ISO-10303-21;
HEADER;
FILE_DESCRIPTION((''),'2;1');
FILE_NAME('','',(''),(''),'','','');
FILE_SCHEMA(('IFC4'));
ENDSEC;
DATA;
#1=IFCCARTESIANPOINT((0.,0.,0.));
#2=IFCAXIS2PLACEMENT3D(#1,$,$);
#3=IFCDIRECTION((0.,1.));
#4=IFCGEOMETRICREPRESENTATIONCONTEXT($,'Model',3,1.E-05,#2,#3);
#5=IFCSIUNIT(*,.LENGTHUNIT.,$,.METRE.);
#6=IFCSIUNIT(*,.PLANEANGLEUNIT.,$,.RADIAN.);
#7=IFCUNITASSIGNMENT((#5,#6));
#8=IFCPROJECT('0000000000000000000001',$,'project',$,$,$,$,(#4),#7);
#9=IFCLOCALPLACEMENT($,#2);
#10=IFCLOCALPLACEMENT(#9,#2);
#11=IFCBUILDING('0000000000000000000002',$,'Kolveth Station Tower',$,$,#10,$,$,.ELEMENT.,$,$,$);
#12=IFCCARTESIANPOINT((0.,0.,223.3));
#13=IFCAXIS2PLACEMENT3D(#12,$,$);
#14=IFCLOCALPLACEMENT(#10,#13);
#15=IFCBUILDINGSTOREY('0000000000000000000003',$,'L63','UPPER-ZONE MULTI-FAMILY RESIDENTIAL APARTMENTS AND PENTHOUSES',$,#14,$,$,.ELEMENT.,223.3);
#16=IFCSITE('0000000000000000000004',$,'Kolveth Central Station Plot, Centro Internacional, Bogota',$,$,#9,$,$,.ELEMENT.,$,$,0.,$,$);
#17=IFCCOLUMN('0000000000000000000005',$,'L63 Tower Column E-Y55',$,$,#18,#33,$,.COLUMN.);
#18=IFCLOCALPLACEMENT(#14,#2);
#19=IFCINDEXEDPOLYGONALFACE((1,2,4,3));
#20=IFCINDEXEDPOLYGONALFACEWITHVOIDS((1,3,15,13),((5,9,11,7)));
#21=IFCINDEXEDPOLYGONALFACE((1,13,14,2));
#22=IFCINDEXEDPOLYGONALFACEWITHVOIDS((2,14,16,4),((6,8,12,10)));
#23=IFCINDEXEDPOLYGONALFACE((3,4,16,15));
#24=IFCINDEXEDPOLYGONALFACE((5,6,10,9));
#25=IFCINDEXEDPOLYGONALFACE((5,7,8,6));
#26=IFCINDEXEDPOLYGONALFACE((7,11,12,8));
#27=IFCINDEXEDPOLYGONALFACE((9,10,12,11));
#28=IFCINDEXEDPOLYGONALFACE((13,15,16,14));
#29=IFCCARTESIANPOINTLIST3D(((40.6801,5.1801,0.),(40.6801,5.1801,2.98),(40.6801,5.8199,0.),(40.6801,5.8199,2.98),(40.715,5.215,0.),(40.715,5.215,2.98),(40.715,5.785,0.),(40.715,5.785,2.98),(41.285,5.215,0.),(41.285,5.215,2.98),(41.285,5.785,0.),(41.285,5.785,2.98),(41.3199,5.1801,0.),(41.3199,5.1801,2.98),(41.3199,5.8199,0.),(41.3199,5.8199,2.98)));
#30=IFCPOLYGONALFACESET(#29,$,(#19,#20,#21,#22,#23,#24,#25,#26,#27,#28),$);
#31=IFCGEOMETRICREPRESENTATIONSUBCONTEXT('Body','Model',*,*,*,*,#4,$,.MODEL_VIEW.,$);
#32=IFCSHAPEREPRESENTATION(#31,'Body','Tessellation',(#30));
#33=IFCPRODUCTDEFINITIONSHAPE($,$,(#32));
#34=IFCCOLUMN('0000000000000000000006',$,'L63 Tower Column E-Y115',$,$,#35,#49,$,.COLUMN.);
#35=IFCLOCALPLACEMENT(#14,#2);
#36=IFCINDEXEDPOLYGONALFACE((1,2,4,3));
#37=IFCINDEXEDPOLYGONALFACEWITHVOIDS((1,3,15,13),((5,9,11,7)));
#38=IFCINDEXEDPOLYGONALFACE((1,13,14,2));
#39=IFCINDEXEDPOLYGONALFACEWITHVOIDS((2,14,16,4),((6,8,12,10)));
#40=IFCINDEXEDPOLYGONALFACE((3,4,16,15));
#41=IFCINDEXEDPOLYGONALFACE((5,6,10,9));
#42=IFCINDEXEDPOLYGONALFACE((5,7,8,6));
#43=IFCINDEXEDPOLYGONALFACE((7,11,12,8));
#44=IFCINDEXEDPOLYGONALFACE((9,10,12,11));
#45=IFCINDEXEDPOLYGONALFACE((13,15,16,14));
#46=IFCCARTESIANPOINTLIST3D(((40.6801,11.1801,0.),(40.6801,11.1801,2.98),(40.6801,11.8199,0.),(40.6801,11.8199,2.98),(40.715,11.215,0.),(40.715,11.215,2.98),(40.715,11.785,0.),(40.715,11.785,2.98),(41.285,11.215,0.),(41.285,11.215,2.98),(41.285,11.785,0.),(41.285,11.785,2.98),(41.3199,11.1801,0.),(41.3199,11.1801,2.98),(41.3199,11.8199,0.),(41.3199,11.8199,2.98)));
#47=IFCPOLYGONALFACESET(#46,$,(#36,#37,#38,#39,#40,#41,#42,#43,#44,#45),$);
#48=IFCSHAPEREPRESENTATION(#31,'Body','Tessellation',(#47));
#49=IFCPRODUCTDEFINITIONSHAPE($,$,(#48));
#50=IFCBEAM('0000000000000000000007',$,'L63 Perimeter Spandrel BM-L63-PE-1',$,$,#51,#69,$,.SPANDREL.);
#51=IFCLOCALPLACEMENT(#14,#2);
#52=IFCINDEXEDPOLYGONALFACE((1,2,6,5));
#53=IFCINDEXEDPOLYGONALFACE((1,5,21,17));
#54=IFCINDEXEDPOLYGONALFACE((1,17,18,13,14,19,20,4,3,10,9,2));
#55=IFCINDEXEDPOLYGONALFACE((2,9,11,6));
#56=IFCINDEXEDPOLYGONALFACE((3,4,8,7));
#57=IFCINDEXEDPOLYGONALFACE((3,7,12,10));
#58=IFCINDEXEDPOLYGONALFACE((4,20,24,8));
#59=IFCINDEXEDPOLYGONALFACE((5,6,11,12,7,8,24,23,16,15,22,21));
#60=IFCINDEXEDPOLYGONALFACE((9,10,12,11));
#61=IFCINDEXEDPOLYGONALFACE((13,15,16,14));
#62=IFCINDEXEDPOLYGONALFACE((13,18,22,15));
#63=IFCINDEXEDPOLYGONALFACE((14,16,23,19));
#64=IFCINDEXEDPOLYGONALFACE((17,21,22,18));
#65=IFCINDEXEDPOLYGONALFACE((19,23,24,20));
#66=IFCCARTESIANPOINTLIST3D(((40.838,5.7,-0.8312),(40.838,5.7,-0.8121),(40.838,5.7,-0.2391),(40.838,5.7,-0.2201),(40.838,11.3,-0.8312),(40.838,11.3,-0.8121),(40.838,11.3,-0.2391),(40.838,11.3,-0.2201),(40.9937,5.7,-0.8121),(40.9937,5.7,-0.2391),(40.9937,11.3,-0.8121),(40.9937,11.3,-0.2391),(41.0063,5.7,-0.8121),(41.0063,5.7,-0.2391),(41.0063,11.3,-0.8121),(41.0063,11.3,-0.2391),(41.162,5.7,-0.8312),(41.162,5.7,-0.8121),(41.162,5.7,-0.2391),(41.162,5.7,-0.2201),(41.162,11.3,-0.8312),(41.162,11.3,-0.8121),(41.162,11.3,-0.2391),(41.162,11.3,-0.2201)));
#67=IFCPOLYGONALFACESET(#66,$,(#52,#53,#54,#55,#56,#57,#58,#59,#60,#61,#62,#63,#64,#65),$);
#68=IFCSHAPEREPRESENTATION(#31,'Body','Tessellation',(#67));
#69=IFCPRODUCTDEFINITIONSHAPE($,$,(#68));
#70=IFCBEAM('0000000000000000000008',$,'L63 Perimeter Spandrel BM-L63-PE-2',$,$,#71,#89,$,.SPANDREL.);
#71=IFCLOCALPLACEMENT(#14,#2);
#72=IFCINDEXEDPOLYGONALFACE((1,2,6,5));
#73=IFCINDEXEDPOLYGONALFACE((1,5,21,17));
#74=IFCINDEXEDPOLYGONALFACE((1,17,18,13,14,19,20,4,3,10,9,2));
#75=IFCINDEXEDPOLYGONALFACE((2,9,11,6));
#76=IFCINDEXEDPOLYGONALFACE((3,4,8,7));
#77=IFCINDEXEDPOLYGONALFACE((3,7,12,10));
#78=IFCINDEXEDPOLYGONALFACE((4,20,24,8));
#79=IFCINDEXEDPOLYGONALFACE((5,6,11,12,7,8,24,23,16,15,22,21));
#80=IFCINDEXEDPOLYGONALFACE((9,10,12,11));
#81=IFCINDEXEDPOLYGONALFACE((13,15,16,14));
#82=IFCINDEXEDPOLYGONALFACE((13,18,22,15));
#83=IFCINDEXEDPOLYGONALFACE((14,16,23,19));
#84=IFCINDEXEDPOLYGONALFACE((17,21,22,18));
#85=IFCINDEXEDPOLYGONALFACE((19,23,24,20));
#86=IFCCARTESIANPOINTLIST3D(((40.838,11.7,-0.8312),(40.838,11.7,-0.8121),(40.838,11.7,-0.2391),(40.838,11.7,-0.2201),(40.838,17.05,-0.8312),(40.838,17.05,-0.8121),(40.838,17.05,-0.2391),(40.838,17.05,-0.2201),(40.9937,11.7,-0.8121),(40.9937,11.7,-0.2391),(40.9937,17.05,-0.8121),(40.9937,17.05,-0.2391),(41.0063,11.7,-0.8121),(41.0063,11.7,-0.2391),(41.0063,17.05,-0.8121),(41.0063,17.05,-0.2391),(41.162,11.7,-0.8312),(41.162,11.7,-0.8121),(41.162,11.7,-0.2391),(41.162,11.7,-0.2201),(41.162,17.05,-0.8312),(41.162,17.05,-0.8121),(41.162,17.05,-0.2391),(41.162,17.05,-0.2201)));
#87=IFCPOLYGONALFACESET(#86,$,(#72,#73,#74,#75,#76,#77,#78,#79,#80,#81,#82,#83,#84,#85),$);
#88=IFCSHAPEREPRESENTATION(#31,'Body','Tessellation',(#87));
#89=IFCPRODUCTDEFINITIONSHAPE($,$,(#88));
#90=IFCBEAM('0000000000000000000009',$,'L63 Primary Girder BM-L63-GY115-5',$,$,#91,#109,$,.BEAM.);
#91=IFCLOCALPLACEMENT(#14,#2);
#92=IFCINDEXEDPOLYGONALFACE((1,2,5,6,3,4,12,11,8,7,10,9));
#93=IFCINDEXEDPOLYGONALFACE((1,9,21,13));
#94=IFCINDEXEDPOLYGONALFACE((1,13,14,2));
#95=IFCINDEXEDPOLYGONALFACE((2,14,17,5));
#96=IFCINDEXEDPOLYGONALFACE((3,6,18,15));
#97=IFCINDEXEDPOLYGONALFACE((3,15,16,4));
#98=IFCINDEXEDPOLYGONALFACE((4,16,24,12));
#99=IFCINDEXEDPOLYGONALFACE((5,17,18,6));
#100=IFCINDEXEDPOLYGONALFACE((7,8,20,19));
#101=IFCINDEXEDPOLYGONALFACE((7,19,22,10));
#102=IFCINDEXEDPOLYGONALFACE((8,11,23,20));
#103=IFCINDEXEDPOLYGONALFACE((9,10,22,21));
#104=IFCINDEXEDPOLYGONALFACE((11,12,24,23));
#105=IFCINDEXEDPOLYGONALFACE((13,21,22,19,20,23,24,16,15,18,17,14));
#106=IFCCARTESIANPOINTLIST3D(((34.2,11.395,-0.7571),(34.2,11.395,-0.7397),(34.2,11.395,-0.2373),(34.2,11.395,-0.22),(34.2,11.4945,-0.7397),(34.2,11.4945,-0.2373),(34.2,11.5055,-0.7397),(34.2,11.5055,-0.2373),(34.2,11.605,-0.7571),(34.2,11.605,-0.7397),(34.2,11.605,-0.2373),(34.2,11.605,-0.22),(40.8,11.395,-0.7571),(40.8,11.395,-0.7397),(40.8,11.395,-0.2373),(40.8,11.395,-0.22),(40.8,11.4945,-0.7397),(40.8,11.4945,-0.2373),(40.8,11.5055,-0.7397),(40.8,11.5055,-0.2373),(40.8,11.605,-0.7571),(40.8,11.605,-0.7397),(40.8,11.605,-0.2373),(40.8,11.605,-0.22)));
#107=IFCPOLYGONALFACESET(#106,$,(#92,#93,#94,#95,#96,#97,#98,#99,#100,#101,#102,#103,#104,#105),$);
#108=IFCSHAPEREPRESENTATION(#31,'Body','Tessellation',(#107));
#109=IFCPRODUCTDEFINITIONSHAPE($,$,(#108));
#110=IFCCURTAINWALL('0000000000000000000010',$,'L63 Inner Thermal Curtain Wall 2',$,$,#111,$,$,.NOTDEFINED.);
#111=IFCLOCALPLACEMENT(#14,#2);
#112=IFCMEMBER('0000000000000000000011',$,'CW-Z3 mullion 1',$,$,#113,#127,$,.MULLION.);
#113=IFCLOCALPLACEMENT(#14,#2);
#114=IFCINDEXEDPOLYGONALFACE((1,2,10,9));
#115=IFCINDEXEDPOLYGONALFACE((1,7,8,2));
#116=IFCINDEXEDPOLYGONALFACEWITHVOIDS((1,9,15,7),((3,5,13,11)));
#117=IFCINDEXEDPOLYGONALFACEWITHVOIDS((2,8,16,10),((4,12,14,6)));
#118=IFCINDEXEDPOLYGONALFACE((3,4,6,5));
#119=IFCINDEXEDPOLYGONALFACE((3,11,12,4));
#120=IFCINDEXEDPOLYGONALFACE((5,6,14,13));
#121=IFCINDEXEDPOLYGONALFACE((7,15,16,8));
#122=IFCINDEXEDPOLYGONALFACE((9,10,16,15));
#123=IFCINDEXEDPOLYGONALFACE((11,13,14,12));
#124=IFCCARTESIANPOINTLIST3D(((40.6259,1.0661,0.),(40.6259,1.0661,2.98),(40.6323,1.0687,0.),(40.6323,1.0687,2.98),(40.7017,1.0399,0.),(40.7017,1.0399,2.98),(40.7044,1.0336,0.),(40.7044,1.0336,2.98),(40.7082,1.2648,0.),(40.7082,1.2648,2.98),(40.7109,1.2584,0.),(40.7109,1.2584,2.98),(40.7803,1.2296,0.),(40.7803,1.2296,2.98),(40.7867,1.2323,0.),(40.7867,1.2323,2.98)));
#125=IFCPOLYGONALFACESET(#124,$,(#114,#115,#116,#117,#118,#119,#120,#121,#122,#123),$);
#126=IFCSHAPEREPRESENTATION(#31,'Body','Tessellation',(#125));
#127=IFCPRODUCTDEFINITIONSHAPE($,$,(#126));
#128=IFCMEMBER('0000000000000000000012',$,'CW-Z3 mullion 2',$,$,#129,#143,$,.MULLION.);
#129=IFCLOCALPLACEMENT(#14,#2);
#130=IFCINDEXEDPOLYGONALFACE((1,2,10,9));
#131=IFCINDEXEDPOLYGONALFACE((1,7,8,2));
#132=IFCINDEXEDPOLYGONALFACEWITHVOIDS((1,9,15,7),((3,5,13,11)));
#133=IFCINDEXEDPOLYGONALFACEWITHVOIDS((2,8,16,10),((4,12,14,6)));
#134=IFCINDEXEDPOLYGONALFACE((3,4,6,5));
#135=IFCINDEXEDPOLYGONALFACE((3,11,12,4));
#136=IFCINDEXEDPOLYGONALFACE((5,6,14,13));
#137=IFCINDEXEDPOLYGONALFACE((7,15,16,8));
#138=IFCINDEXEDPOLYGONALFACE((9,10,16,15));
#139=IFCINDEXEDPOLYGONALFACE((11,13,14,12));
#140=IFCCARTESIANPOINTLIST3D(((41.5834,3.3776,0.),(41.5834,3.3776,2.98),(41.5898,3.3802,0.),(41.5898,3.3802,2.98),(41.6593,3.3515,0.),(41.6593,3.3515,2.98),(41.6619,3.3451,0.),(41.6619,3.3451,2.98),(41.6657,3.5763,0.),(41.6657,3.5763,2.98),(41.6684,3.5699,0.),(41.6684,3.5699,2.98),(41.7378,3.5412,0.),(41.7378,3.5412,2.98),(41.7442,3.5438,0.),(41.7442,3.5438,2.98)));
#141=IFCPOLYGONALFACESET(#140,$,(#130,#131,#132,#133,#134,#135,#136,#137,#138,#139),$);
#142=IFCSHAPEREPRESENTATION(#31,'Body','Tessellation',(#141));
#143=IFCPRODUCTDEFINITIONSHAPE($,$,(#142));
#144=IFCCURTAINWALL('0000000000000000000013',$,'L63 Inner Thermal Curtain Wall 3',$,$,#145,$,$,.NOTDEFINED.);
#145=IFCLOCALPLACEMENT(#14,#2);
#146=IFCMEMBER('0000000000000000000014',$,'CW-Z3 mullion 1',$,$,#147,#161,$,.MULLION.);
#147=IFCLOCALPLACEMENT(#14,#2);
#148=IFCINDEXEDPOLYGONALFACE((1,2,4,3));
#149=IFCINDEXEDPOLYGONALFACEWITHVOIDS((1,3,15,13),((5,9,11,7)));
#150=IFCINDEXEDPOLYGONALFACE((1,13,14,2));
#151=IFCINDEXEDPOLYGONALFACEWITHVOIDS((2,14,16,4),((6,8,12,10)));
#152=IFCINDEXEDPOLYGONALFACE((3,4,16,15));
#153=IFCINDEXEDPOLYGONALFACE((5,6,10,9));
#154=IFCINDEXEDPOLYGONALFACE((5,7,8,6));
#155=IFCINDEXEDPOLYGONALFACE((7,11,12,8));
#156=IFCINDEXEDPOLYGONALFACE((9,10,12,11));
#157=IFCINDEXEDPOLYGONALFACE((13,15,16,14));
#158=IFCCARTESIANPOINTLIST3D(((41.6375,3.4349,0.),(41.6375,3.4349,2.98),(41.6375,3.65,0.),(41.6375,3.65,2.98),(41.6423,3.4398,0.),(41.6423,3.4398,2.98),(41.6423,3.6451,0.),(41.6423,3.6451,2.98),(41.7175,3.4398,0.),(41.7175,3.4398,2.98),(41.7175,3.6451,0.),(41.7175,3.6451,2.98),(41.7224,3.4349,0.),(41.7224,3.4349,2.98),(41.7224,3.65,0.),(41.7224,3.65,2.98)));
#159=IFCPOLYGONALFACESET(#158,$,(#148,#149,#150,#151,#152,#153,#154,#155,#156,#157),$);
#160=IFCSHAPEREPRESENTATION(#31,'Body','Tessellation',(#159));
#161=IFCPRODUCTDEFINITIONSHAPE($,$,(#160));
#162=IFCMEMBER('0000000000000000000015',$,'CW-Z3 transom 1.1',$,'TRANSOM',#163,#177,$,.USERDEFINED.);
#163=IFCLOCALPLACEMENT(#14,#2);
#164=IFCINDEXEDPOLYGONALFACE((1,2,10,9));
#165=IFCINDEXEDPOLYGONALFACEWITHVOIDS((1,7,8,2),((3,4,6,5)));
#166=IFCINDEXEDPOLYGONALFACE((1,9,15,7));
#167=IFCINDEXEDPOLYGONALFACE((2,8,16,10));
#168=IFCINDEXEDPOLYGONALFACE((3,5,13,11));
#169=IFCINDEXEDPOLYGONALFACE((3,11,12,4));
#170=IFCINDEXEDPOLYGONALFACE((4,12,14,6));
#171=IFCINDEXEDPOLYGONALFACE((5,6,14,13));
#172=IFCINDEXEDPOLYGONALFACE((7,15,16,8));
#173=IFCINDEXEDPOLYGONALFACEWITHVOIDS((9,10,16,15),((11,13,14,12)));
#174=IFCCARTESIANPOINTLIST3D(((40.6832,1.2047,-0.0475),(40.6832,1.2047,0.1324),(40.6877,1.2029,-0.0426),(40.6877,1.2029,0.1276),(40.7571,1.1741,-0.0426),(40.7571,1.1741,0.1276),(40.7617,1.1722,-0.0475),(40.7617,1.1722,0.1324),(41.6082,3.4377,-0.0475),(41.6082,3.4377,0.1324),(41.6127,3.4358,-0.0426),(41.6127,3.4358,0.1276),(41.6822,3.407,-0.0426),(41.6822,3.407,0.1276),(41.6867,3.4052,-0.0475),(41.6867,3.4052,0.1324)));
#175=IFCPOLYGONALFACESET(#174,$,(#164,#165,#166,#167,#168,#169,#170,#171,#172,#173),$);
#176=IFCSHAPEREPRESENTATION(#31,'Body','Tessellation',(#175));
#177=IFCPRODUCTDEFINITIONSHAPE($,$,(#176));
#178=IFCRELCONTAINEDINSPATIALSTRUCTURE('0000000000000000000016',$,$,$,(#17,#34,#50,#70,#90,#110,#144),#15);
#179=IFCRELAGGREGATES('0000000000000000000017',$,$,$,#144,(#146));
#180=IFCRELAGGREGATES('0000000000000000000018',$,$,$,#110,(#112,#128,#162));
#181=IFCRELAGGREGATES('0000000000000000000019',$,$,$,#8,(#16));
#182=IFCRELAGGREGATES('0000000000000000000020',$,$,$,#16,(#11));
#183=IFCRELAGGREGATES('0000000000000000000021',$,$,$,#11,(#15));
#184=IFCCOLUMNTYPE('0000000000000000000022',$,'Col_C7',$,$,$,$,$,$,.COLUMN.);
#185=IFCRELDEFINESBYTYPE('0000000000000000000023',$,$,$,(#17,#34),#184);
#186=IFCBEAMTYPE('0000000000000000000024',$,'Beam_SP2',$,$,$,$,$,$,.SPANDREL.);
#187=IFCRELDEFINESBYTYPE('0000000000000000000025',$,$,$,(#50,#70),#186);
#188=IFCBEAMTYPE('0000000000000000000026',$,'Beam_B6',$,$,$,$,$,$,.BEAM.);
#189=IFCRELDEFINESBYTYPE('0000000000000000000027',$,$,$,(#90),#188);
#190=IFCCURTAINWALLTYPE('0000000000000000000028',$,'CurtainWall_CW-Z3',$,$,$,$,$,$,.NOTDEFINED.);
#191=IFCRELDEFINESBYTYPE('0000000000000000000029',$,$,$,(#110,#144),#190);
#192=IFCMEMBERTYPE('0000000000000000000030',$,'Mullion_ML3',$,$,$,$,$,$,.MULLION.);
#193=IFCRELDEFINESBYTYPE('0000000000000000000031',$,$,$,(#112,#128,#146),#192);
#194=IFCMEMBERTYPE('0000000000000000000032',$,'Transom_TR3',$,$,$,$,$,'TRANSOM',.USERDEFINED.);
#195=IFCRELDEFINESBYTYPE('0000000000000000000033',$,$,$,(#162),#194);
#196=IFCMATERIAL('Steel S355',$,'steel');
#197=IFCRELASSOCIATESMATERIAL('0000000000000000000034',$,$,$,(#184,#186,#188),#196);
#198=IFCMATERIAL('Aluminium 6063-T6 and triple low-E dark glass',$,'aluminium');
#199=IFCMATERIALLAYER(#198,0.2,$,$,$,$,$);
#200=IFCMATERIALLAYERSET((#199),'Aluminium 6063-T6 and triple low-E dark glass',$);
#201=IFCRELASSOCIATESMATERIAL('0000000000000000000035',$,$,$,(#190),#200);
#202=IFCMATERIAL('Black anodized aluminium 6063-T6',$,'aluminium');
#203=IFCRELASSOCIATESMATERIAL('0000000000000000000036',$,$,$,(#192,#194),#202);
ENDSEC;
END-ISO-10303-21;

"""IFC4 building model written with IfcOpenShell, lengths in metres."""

from ifc_helpers import new_model, si_unit, direction, frame, origin, origin_2d, place, context, subcontext, project, spatial, hollow_rectangle, i_section, extrude, source, transform, mapped, material, layer, layer_set, material_profile, profile_set, type_object, element, aggregate, save


model = new_model("IFC4")

# Units and contexts
model_context = context("Model", 3, precision=1e-05, world=origin(), true_north=direction((0.0, 1.0)))
body_context = subcontext(model_context, "Body", "Model", "MODEL_VIEW")
ifc_project = project(units=[si_unit("LENGTHUNIT", "METRE"), si_unit("PLANEANGLEUNIT", "RADIAN")], contexts=[model_context])

# Site, building, storey
site_placement = place(None, origin())
site = spatial("IfcSite", under=ifc_project, at=site_placement, Name="Kolveth Central Station Plot, Centro Internacional, Bogota", CompositionType="ELEMENT", RefElevation=0.0)
building_placement = place(site_placement, origin())
building = spatial("IfcBuilding", under=site, at=building_placement, Name="Kolveth Station Tower", CompositionType="ELEMENT")
storey_placement = place(building_placement, frame((0.0, 0.0, 223.3)))
storey = spatial("IfcBuildingStorey", under=building, at=storey_placement, Name="L63", Description="UPPER-ZONE MULTI-FAMILY RESIDENTIAL APARTMENTS AND PENTHOUSES", CompositionType="ELEMENT", Elevation=223.3)

# Columns
ifc_material_1 = material(Name="Steel S355", Category="steel")
ifc_material_profile_1 = material_profile(ifc_material_1, hollow_rectangle(XDim=0.6399, YDim=0.6399, WallThickness=0.0349, at=origin_2d()), Name="BOX640x640x35")
ifc_profile_set_1 = profile_set([ifc_material_profile_1], Name="Steel S355")
column_type = type_object("IfcColumnType", Name="Col_C7", PredefinedType="COLUMN", material=ifc_profile_set_1)
shared_shape_1 = source(origin(), body_context, "Body", "SweptSolid", [
    extrude(hollow_rectangle(XDim=0.6399, YDim=0.6399, WallThickness=0.0349, at=origin_2d()), origin(), (0.0, 0.0, 1.0), 2.98),
])
for number, where, z_axis, x_axis, name in (
    (1, (41.0, 5.5, 0.0), (0.0, 0.0, 1.0), (1.0, 0.0, 0.0), "L63 Tower Column E-Y55"),
    (2, (41.0, 11.5, 0.0), (0.0, 0.0, 1.0), (1.0, 0.0, 0.0), "L63 Tower Column E-Y115"),
):
    element("IfcColumn", number, at=place(storey_placement, frame(where, z_axis=z_axis, x_axis=x_axis)), inside=storey, type_object=column_type, Name=name, PredefinedType="COLUMN", context=body_context, shape_type="MappedRepresentation", body=[
        mapped(shared_shape_1, transform((0.0, 0.0, 0.0), x_axis=(1.0, 0.0, 0.0), y_axis=(0.0, 1.0, 0.0), z_axis=(0.0, 0.0, 1.0), scale=1.0)),
    ])

# Beams
ifc_material_profile_2 = material_profile(ifc_material_1, i_section(OverallWidth=0.324, OverallDepth=0.6111, WebThickness=0.0127, FlangeThickness=0.019, at=origin_2d()), Name="W610x155")
ifc_profile_set_2 = profile_set([ifc_material_profile_2], Name="Steel S355")
beam_type_1 = type_object("IfcBeamType", Name="Beam_SP2", PredefinedType="SPANDREL", material=ifc_profile_set_2)
shared_shape_2 = source(origin(), body_context, "Body", "SweptSolid", [
    extrude(i_section(OverallWidth=0.324, OverallDepth=0.6111, WebThickness=0.0127, FlangeThickness=0.019, at=origin_2d()), origin(), (0.0, 0.0, 1.0), 5.6001),
])
beam_1_placement = place(storey_placement, frame((41.0, 5.7, -0.5256), z_axis=(0.0, 1.0, 0.0), x_axis=(-1.0, 0.0, 0.0)))
element("IfcBeam", 3, at=beam_1_placement, inside=storey, type_object=beam_type_1, Name="L63 Perimeter Spandrel BM-L63-PE-1", PredefinedType="SPANDREL", context=body_context, shape_type="MappedRepresentation", body=[
    mapped(shared_shape_2, transform((0.0, 0.0, 0.0), x_axis=(1.0, 0.0, 0.0), y_axis=(0.0, 1.0, 0.0), z_axis=(0.0, 0.0, 1.0), scale=1.0)),
])
shared_shape_3 = source(origin(), body_context, "Body", "SweptSolid", [
    extrude(i_section(OverallWidth=0.324, OverallDepth=0.6111, WebThickness=0.0127, FlangeThickness=0.019, at=origin_2d()), origin(), (0.0, 0.0, 1.0), 5.3501),
])
beam_2_placement = place(storey_placement, frame((41.0, 11.7, -0.5256), z_axis=(0.0, 1.0, 0.0), x_axis=(-1.0, 0.0, 0.0)))
element("IfcBeam", 4, at=beam_2_placement, inside=storey, type_object=beam_type_1, Name="L63 Perimeter Spandrel BM-L63-PE-2", PredefinedType="SPANDREL", context=body_context, shape_type="MappedRepresentation", body=[
    mapped(shared_shape_3, transform((0.0, 0.0, 0.0), x_axis=(1.0, 0.0, 0.0), y_axis=(0.0, 1.0, 0.0), z_axis=(0.0, 0.0, 1.0), scale=1.0)),
])
ifc_material_profile_3 = material_profile(ifc_material_1, i_section(OverallWidth=0.21, OverallDepth=0.5371, WebThickness=0.011, FlangeThickness=0.0173, at=origin_2d()), Name="W530x101")
ifc_profile_set_3 = profile_set([ifc_material_profile_3], Name="Steel S355")
beam_type_2 = type_object("IfcBeamType", Name="Beam_B6", PredefinedType="BEAM", material=ifc_profile_set_3)
shared_shape_4 = source(origin(), body_context, "Body", "SweptSolid", [
    extrude(i_section(OverallWidth=0.21, OverallDepth=0.5371, WebThickness=0.011, FlangeThickness=0.0173, at=origin_2d()), origin(), (0.0, 0.0, 1.0), 6.6001),
])
beam_3_placement = place(storey_placement, frame((34.2, 11.5, -0.4885), z_axis=(1.0, 0.0, 0.0), x_axis=(0.0, 1.0, 0.0)))
element("IfcBeam", 5, at=beam_3_placement, inside=storey, type_object=beam_type_2, Name="L63 Primary Girder BM-L63-GY115-5", PredefinedType="BEAM", context=body_context, shape_type="MappedRepresentation", body=[
    mapped(shared_shape_4, transform((0.0, 0.0, 0.0), x_axis=(1.0, 0.0, 0.0), y_axis=(0.0, 1.0, 0.0), z_axis=(0.0, 0.0, 1.0), scale=1.0)),
])

# Curtain wall, members
ifc_material_2 = material(Name="Aluminium 6063-T6 and triple low-E dark glass", Category="aluminium")
ifc_layer_1 = layer(ifc_material_2, 0.2)
ifc_layer_set_1 = layer_set([ifc_layer_1], Name="Aluminium 6063-T6 and triple low-E dark glass")
curtain_wall_type_1 = type_object("IfcCurtainWallType", Name="CurtainWall_CW-Z3", PredefinedType="NOTDEFINED", material=ifc_layer_set_1)
curtain_wall_1_placement = place(storey_placement, origin())
curtain_wall_1 = element("IfcCurtainWall", 6, at=curtain_wall_1_placement, inside=storey, type_object=curtain_wall_type_1, Name="L63 Inner Thermal Curtain Wall 2", PredefinedType="NOTDEFINED")
ifc_material_3 = material(Name="Black anodized aluminium 6063-T6", Category="aluminium")
ifc_material_profile_4 = material_profile(ifc_material_3, hollow_rectangle(XDim=0.085, YDim=0.2151, WallThickness=0.0049, at=origin_2d()), Name="ALU-85x215x5")
ifc_profile_set_4 = profile_set([ifc_material_profile_4], Name="Black anodized aluminium 6063-T6")
member_type_1 = type_object("IfcMemberType", Name="Mullion_ML3", PredefinedType="MULLION", material=ifc_profile_set_4)
shared_shape_5 = source(origin(), body_context, "Body", "SweptSolid", [
    extrude(hollow_rectangle(XDim=0.085, YDim=0.2151, WallThickness=0.0049, at=origin_2d()), origin(), (0.0, 0.0, 1.0), 2.98),
])
member_1_placement = place(storey_placement, frame((40.7063, 1.1492, 0.0), z_axis=(0.0, 0.0, 1.0), x_axis=(-0.923875, 0.382693, 0.0)))
member_1 = element("IfcMember", 7, at=member_1_placement, type_object=member_type_1, Name="CW-Z3 mullion 1", PredefinedType="MULLION", context=body_context, shape_type="MappedRepresentation", body=[
    mapped(shared_shape_5, transform((0.0, 0.0, 0.0), x_axis=(1.0, 0.0, 0.0), y_axis=(0.0, 1.0, 0.0), z_axis=(0.0, 0.0, 1.0), scale=1.0)),
])
member_2_placement = place(storey_placement, frame((41.6638, 3.4607, 0.0), z_axis=(0.0, 0.0, 1.0), x_axis=(-0.923875, 0.382693, 0.0)))
member_2 = element("IfcMember", 8, at=member_2_placement, type_object=member_type_1, Name="CW-Z3 mullion 2", PredefinedType="MULLION", context=body_context, shape_type="MappedRepresentation", body=[
    mapped(shared_shape_5, transform((0.0, 0.0, 0.0), x_axis=(1.0, 0.0, 0.0), y_axis=(0.0, 1.0, 0.0), z_axis=(0.0, 0.0, 1.0), scale=1.0)),
])

# Curtain wall, member
curtain_wall_2_placement = place(storey_placement, origin())
curtain_wall_2 = element("IfcCurtainWall", 9, at=curtain_wall_2_placement, inside=storey, type_object=curtain_wall_type_1, Name="L63 Inner Thermal Curtain Wall 3", PredefinedType="NOTDEFINED")
member_3_placement = place(storey_placement, frame((41.6799, 3.5425, 0.0), z_axis=(0.0, 0.0, 1.0), x_axis=(-1.0, 0.0, 0.0)))
member_3 = element("IfcMember", 10, at=member_3_placement, type_object=member_type_1, Name="CW-Z3 mullion 1", PredefinedType="MULLION", context=body_context, shape_type="MappedRepresentation", body=[
    mapped(shared_shape_5, transform((0.0, 0.0, 0.0), x_axis=(1.0, 0.0, 0.0), y_axis=(0.0, 1.0, 0.0), z_axis=(0.0, 0.0, 1.0), scale=1.0)),
])

# Member
ifc_material_profile_5 = material_profile(ifc_material_3, hollow_rectangle(XDim=0.085, YDim=0.1799, WallThickness=0.0049, at=origin_2d()), Name="ALU-85x180x5")
ifc_profile_set_5 = profile_set([ifc_material_profile_5], Name="Black anodized aluminium 6063-T6")
member_type_2 = type_object("IfcMemberType", Name="Transom_TR3", ElementType="TRANSOM", PredefinedType="USERDEFINED", material=ifc_profile_set_5)
shared_shape_6 = source(origin(), body_context, "Body", "SweptSolid", [
    extrude(hollow_rectangle(XDim=0.085, YDim=0.1799, WallThickness=0.0049, at=origin_2d()), origin(), (0.0, 0.0, 1.0), 2.417),
])
member_4_placement = place(storey_placement, frame((40.7224, 1.1885, 0.0425), z_axis=(0.382735, 0.923858, 0.0), x_axis=(-0.923858, 0.382735, 0.0)))
member_4 = element("IfcMember", 11, at=member_4_placement, type_object=member_type_2, Name="CW-Z3 transom 1.1", ObjectType="TRANSOM", PredefinedType="USERDEFINED", context=body_context, shape_type="MappedRepresentation", body=[
    mapped(shared_shape_6, transform((0.0, 0.0, 0.0), x_axis=(1.0, 0.0, 0.0), y_axis=(0.0, 1.0, 0.0), z_axis=(0.0, 0.0, 1.0), scale=1.0)),
])
aggregate(curtain_wall_2, [member_3])

aggregate(curtain_wall_1, [member_1, member_2, member_4])

save(model, "model.ifc")
